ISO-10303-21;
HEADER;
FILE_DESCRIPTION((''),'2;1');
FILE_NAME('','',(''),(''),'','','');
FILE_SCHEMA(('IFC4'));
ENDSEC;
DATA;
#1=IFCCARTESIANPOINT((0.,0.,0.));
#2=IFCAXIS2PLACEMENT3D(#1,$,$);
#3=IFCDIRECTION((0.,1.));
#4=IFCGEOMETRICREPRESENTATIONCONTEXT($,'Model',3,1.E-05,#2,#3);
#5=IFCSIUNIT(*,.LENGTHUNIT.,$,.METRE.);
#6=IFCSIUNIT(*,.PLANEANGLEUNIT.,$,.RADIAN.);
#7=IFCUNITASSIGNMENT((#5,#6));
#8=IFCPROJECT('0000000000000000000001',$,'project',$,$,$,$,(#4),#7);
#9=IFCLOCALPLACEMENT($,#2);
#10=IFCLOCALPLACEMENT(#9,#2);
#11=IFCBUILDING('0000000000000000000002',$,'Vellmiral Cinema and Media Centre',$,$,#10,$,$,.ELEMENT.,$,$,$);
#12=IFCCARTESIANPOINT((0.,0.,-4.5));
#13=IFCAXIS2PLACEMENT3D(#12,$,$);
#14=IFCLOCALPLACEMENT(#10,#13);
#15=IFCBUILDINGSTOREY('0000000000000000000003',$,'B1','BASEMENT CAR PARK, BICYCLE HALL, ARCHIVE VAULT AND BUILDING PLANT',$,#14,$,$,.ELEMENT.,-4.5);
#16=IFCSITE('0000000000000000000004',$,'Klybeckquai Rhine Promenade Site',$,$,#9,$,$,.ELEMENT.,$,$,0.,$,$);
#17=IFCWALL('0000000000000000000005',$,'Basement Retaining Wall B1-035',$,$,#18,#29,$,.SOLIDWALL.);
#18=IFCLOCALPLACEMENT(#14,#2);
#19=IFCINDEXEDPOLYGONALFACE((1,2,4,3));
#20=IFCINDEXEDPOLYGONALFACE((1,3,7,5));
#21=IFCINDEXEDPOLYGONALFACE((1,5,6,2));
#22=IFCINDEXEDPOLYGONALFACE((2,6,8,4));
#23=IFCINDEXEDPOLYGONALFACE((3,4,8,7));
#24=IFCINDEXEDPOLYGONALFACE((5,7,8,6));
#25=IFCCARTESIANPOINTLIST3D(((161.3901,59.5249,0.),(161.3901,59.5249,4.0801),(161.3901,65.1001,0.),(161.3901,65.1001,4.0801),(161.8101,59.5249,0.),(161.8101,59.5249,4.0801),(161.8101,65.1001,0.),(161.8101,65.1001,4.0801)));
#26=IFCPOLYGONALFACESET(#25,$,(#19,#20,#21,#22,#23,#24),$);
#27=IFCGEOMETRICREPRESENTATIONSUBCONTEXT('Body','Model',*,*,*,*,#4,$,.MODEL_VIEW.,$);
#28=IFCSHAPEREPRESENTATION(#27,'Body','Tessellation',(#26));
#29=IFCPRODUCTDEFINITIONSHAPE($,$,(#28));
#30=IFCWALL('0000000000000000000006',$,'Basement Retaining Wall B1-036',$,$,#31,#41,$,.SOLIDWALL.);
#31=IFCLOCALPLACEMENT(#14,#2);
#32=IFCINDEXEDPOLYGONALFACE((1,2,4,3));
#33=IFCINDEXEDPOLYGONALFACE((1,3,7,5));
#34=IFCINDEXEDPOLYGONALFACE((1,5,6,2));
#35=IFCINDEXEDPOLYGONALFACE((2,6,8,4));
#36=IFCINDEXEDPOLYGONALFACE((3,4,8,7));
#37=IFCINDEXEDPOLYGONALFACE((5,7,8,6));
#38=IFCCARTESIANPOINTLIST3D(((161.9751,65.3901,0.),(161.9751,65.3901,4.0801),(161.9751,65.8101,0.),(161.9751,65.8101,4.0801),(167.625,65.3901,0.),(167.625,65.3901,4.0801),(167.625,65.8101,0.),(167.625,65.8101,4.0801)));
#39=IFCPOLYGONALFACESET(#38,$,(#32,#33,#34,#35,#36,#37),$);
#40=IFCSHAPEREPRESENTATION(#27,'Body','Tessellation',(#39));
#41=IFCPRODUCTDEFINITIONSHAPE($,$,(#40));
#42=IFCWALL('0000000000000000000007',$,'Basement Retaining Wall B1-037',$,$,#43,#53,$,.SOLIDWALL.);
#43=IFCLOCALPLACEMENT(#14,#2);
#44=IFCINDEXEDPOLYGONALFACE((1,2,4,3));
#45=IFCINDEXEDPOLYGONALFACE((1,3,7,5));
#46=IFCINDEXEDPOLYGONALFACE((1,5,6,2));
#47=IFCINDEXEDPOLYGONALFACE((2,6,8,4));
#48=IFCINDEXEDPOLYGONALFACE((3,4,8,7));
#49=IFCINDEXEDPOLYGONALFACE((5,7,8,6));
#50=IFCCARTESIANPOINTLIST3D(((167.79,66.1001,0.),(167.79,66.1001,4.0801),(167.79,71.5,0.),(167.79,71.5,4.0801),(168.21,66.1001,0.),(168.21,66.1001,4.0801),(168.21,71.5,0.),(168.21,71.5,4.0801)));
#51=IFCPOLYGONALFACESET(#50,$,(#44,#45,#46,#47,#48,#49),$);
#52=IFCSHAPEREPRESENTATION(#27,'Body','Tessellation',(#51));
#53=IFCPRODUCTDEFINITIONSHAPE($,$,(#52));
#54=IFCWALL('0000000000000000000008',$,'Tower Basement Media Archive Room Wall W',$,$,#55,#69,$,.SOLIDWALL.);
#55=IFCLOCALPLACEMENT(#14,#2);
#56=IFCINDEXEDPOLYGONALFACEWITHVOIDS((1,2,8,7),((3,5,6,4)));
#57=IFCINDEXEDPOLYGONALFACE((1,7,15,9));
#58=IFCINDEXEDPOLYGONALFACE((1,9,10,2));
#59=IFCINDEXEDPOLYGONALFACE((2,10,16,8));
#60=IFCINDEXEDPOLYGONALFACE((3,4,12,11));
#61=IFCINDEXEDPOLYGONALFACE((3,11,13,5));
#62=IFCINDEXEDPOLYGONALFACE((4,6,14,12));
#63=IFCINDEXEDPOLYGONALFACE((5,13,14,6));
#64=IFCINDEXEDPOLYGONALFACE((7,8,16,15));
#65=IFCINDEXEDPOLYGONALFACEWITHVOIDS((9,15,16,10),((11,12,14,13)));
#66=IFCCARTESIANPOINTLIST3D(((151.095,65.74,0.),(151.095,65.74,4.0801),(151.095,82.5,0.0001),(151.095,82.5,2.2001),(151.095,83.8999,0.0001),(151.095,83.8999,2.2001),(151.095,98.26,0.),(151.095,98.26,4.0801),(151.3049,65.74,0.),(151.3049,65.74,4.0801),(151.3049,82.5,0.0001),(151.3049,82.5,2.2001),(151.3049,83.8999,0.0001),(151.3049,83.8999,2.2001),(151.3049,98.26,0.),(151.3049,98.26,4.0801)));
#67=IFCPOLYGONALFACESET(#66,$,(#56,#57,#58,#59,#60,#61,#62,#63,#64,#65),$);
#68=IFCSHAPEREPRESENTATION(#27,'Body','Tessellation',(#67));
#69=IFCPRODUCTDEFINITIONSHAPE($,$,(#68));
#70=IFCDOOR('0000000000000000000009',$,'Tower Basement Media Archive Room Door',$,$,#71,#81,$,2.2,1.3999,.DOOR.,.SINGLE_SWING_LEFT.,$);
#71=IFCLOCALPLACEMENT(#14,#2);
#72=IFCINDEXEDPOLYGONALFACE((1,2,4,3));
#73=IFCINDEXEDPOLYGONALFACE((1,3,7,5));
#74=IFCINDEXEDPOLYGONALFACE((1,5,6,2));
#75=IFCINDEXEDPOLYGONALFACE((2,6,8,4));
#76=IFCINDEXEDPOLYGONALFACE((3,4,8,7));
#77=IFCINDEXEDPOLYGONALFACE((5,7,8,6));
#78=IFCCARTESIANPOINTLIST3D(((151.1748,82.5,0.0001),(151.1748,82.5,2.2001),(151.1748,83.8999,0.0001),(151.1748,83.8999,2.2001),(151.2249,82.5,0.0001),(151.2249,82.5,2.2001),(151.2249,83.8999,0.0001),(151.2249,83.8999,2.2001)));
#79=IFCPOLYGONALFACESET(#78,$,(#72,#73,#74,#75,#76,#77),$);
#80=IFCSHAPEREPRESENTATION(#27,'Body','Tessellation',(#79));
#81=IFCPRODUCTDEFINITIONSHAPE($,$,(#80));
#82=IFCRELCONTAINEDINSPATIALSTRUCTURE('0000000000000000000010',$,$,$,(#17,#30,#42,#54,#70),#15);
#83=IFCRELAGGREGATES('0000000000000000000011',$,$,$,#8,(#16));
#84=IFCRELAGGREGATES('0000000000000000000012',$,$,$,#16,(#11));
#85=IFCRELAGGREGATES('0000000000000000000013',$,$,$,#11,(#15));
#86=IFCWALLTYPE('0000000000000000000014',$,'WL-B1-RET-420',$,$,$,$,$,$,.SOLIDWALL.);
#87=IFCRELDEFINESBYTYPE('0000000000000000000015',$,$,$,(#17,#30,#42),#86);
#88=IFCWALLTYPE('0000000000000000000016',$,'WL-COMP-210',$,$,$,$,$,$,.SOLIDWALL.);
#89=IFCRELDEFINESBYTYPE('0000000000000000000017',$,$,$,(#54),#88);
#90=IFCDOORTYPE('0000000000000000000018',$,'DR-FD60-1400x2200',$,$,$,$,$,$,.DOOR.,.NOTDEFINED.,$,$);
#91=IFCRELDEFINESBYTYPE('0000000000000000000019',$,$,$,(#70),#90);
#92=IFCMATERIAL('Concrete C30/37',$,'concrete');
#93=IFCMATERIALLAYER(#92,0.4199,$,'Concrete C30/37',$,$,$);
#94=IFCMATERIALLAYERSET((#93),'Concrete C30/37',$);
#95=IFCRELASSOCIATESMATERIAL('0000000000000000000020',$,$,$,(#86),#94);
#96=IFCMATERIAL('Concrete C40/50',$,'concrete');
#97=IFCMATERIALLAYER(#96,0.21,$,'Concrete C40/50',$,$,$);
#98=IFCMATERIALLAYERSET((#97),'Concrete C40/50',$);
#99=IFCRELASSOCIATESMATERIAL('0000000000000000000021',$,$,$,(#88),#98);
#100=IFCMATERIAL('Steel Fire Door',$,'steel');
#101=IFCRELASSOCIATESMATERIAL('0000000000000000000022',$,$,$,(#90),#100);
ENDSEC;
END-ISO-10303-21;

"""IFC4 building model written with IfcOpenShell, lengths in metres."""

from ifc_helpers import new_model, si_unit, direction, frame, frame_2d, origin, place, context, subcontext, project, spatial, rectangle, extrude, material, layer, layer_set, type_object, element, fill, save


model = new_model("IFC4")

# Units and contexts
model_context = context("Model", 3, precision=1e-05, world=origin(), true_north=direction((0.0, 1.0)))
body_context = subcontext(model_context, "Body", "Model", "MODEL_VIEW")
ifc_project = project(units=[si_unit("LENGTHUNIT", "METRE"), si_unit("PLANEANGLEUNIT", "RADIAN")], contexts=[model_context])

# Site, building, storey
site_placement = place(None, origin())
site = spatial("IfcSite", under=ifc_project, at=site_placement, Name="Klybeckquai Rhine Promenade Site", CompositionType="ELEMENT", RefElevation=0.0)
building_placement = place(site_placement, origin())
building = spatial("IfcBuilding", under=site, at=building_placement, Name="Vellmiral Cinema and Media Centre", CompositionType="ELEMENT")
storey_placement = place(building_placement, frame((0.0, 0.0, -4.5)))
storey = spatial("IfcBuildingStorey", under=building, at=storey_placement, Name="B1", Description="BASEMENT CAR PARK, BICYCLE HALL, ARCHIVE VAULT AND BUILDING PLANT", CompositionType="ELEMENT", Elevation=-4.5)

# Walls
ifc_material_1 = material(Name="Concrete C30/37", Category="concrete")
ifc_layer_1 = layer(ifc_material_1, 0.4199, Name="Concrete C30/37")
ifc_layer_set_1 = layer_set([ifc_layer_1], Name="Concrete C30/37")
wall_type_1 = type_object("IfcWallType", Name="WL-B1-RET-420", PredefinedType="SOLIDWALL", material=ifc_layer_set_1)
wall_1_placement = place(storey_placement, frame((161.6001, 59.5249, 0.0), z_axis=(0.0, 0.0, 1.0), x_axis=(0.0, 1.0, 0.0)))
element("IfcWall", 1, at=wall_1_placement, inside=storey, type_object=wall_type_1, Name="Basement Retaining Wall B1-035", PredefinedType="SOLIDWALL", context=body_context, shape_type="SweptSolid", body=[
    extrude(rectangle(XDim=5.5752, YDim=0.4199, at=frame_2d((2.7876, 0.0))), origin(), (0.0, 0.0, 1.0), 4.0801),
])
wall_2_placement = place(storey_placement, frame((161.9751, 65.6001, 0.0), z_axis=(0.0, 0.0, 1.0), x_axis=(1.0, 0.0, 0.0)))
element("IfcWall", 2, at=wall_2_placement, inside=storey, type_object=wall_type_1, Name="Basement Retaining Wall B1-036", PredefinedType="SOLIDWALL", context=body_context, shape_type="SweptSolid", body=[
    extrude(rectangle(XDim=5.6499, YDim=0.4199, at=frame_2d((2.825, 0.0))), origin(), (0.0, 0.0, 1.0), 4.0801),
])
wall_3_placement = place(storey_placement, frame((168.0, 66.1001, 0.0), z_axis=(0.0, 0.0, 1.0), x_axis=(0.0, 1.0, 0.0)))
element("IfcWall", 3, at=wall_3_placement, inside=storey, type_object=wall_type_1, Name="Basement Retaining Wall B1-037", PredefinedType="SOLIDWALL", context=body_context, shape_type="SweptSolid", body=[
    extrude(rectangle(XDim=5.3999, YDim=0.4199, at=frame_2d((2.7, 0.0))), origin(), (0.0, 0.0, 1.0), 4.0801),
])

# Wall, opening, door
ifc_material_2 = material(Name="Concrete C40/50", Category="concrete")
ifc_layer_2 = layer(ifc_material_2, 0.21, Name="Concrete C40/50")
ifc_layer_set_2 = layer_set([ifc_layer_2], Name="Concrete C40/50")
wall_type_2 = type_object("IfcWallType", Name="WL-COMP-210", PredefinedType="SOLIDWALL", material=ifc_layer_set_2)
wall_4_placement = place(storey_placement, frame((151.2, 65.74, 0.0), z_axis=(0.0, 0.0, 1.0), x_axis=(0.0, 1.0, 0.0)))
wall_4 = element("IfcWall", 4, at=wall_4_placement, inside=storey, type_object=wall_type_2, Name="Tower Basement Media Archive Room Wall W", PredefinedType="SOLIDWALL", context=body_context, shape_type="SweptSolid", body=[
    extrude(rectangle(XDim=32.52, YDim=0.21, at=frame_2d((16.26, 0.0))), origin(), (0.0, 0.0, 1.0), 4.0801),
])
opening_placement = place(wall_4_placement, frame((16.76, 0.0, 0.0)))
opening = element("IfcOpeningElement", 5, at=opening_placement, cuts=wall_4, PredefinedType="OPENING", context=body_context, shape_type="SweptSolid", body=[
    extrude(rectangle(XDim=1.3999, YDim=2.2, at=frame_2d((0.7, 1.1001))), frame((0.0, 0.1169, 0.0), z_axis=(0.0, -1.0, 0.0), x_axis=(1.0, 0.0, 0.0)), (0.0, 0.0, 1.0), 0.2339),
])
ifc_material_3 = material(Name="Steel Fire Door", Category="steel")
door_type = type_object("IfcDoorType", Name="DR-FD60-1400x2200", OperationType="NOTDEFINED", PredefinedType="DOOR", material=ifc_material_3)
door_placement = place(opening_placement, frame((1.3999, 0.0, 0.0), z_axis=(0.0, 0.0, 1.0), x_axis=(-1.0, 0.0, 0.0)))
door = element("IfcDoor", 6, at=door_placement, inside=storey, type_object=door_type, Name="Tower Basement Media Archive Room Door", OperationType="SINGLE_SWING_LEFT", OverallHeight=2.2, OverallWidth=1.3999, PredefinedType="DOOR", context=body_context, shape_type="SweptSolid", body=[
    extrude(rectangle(XDim=1.3999, YDim=2.2, at=frame_2d((0.7, 1.1001))), frame((0.0, 0.0249, 0.0), z_axis=(0.0, -1.0, 0.0), x_axis=(1.0, 0.0, 0.0)), (0.0, 0.0, 1.0), 0.05),
])
fill(opening, door)

save(model, "model.ifc")
